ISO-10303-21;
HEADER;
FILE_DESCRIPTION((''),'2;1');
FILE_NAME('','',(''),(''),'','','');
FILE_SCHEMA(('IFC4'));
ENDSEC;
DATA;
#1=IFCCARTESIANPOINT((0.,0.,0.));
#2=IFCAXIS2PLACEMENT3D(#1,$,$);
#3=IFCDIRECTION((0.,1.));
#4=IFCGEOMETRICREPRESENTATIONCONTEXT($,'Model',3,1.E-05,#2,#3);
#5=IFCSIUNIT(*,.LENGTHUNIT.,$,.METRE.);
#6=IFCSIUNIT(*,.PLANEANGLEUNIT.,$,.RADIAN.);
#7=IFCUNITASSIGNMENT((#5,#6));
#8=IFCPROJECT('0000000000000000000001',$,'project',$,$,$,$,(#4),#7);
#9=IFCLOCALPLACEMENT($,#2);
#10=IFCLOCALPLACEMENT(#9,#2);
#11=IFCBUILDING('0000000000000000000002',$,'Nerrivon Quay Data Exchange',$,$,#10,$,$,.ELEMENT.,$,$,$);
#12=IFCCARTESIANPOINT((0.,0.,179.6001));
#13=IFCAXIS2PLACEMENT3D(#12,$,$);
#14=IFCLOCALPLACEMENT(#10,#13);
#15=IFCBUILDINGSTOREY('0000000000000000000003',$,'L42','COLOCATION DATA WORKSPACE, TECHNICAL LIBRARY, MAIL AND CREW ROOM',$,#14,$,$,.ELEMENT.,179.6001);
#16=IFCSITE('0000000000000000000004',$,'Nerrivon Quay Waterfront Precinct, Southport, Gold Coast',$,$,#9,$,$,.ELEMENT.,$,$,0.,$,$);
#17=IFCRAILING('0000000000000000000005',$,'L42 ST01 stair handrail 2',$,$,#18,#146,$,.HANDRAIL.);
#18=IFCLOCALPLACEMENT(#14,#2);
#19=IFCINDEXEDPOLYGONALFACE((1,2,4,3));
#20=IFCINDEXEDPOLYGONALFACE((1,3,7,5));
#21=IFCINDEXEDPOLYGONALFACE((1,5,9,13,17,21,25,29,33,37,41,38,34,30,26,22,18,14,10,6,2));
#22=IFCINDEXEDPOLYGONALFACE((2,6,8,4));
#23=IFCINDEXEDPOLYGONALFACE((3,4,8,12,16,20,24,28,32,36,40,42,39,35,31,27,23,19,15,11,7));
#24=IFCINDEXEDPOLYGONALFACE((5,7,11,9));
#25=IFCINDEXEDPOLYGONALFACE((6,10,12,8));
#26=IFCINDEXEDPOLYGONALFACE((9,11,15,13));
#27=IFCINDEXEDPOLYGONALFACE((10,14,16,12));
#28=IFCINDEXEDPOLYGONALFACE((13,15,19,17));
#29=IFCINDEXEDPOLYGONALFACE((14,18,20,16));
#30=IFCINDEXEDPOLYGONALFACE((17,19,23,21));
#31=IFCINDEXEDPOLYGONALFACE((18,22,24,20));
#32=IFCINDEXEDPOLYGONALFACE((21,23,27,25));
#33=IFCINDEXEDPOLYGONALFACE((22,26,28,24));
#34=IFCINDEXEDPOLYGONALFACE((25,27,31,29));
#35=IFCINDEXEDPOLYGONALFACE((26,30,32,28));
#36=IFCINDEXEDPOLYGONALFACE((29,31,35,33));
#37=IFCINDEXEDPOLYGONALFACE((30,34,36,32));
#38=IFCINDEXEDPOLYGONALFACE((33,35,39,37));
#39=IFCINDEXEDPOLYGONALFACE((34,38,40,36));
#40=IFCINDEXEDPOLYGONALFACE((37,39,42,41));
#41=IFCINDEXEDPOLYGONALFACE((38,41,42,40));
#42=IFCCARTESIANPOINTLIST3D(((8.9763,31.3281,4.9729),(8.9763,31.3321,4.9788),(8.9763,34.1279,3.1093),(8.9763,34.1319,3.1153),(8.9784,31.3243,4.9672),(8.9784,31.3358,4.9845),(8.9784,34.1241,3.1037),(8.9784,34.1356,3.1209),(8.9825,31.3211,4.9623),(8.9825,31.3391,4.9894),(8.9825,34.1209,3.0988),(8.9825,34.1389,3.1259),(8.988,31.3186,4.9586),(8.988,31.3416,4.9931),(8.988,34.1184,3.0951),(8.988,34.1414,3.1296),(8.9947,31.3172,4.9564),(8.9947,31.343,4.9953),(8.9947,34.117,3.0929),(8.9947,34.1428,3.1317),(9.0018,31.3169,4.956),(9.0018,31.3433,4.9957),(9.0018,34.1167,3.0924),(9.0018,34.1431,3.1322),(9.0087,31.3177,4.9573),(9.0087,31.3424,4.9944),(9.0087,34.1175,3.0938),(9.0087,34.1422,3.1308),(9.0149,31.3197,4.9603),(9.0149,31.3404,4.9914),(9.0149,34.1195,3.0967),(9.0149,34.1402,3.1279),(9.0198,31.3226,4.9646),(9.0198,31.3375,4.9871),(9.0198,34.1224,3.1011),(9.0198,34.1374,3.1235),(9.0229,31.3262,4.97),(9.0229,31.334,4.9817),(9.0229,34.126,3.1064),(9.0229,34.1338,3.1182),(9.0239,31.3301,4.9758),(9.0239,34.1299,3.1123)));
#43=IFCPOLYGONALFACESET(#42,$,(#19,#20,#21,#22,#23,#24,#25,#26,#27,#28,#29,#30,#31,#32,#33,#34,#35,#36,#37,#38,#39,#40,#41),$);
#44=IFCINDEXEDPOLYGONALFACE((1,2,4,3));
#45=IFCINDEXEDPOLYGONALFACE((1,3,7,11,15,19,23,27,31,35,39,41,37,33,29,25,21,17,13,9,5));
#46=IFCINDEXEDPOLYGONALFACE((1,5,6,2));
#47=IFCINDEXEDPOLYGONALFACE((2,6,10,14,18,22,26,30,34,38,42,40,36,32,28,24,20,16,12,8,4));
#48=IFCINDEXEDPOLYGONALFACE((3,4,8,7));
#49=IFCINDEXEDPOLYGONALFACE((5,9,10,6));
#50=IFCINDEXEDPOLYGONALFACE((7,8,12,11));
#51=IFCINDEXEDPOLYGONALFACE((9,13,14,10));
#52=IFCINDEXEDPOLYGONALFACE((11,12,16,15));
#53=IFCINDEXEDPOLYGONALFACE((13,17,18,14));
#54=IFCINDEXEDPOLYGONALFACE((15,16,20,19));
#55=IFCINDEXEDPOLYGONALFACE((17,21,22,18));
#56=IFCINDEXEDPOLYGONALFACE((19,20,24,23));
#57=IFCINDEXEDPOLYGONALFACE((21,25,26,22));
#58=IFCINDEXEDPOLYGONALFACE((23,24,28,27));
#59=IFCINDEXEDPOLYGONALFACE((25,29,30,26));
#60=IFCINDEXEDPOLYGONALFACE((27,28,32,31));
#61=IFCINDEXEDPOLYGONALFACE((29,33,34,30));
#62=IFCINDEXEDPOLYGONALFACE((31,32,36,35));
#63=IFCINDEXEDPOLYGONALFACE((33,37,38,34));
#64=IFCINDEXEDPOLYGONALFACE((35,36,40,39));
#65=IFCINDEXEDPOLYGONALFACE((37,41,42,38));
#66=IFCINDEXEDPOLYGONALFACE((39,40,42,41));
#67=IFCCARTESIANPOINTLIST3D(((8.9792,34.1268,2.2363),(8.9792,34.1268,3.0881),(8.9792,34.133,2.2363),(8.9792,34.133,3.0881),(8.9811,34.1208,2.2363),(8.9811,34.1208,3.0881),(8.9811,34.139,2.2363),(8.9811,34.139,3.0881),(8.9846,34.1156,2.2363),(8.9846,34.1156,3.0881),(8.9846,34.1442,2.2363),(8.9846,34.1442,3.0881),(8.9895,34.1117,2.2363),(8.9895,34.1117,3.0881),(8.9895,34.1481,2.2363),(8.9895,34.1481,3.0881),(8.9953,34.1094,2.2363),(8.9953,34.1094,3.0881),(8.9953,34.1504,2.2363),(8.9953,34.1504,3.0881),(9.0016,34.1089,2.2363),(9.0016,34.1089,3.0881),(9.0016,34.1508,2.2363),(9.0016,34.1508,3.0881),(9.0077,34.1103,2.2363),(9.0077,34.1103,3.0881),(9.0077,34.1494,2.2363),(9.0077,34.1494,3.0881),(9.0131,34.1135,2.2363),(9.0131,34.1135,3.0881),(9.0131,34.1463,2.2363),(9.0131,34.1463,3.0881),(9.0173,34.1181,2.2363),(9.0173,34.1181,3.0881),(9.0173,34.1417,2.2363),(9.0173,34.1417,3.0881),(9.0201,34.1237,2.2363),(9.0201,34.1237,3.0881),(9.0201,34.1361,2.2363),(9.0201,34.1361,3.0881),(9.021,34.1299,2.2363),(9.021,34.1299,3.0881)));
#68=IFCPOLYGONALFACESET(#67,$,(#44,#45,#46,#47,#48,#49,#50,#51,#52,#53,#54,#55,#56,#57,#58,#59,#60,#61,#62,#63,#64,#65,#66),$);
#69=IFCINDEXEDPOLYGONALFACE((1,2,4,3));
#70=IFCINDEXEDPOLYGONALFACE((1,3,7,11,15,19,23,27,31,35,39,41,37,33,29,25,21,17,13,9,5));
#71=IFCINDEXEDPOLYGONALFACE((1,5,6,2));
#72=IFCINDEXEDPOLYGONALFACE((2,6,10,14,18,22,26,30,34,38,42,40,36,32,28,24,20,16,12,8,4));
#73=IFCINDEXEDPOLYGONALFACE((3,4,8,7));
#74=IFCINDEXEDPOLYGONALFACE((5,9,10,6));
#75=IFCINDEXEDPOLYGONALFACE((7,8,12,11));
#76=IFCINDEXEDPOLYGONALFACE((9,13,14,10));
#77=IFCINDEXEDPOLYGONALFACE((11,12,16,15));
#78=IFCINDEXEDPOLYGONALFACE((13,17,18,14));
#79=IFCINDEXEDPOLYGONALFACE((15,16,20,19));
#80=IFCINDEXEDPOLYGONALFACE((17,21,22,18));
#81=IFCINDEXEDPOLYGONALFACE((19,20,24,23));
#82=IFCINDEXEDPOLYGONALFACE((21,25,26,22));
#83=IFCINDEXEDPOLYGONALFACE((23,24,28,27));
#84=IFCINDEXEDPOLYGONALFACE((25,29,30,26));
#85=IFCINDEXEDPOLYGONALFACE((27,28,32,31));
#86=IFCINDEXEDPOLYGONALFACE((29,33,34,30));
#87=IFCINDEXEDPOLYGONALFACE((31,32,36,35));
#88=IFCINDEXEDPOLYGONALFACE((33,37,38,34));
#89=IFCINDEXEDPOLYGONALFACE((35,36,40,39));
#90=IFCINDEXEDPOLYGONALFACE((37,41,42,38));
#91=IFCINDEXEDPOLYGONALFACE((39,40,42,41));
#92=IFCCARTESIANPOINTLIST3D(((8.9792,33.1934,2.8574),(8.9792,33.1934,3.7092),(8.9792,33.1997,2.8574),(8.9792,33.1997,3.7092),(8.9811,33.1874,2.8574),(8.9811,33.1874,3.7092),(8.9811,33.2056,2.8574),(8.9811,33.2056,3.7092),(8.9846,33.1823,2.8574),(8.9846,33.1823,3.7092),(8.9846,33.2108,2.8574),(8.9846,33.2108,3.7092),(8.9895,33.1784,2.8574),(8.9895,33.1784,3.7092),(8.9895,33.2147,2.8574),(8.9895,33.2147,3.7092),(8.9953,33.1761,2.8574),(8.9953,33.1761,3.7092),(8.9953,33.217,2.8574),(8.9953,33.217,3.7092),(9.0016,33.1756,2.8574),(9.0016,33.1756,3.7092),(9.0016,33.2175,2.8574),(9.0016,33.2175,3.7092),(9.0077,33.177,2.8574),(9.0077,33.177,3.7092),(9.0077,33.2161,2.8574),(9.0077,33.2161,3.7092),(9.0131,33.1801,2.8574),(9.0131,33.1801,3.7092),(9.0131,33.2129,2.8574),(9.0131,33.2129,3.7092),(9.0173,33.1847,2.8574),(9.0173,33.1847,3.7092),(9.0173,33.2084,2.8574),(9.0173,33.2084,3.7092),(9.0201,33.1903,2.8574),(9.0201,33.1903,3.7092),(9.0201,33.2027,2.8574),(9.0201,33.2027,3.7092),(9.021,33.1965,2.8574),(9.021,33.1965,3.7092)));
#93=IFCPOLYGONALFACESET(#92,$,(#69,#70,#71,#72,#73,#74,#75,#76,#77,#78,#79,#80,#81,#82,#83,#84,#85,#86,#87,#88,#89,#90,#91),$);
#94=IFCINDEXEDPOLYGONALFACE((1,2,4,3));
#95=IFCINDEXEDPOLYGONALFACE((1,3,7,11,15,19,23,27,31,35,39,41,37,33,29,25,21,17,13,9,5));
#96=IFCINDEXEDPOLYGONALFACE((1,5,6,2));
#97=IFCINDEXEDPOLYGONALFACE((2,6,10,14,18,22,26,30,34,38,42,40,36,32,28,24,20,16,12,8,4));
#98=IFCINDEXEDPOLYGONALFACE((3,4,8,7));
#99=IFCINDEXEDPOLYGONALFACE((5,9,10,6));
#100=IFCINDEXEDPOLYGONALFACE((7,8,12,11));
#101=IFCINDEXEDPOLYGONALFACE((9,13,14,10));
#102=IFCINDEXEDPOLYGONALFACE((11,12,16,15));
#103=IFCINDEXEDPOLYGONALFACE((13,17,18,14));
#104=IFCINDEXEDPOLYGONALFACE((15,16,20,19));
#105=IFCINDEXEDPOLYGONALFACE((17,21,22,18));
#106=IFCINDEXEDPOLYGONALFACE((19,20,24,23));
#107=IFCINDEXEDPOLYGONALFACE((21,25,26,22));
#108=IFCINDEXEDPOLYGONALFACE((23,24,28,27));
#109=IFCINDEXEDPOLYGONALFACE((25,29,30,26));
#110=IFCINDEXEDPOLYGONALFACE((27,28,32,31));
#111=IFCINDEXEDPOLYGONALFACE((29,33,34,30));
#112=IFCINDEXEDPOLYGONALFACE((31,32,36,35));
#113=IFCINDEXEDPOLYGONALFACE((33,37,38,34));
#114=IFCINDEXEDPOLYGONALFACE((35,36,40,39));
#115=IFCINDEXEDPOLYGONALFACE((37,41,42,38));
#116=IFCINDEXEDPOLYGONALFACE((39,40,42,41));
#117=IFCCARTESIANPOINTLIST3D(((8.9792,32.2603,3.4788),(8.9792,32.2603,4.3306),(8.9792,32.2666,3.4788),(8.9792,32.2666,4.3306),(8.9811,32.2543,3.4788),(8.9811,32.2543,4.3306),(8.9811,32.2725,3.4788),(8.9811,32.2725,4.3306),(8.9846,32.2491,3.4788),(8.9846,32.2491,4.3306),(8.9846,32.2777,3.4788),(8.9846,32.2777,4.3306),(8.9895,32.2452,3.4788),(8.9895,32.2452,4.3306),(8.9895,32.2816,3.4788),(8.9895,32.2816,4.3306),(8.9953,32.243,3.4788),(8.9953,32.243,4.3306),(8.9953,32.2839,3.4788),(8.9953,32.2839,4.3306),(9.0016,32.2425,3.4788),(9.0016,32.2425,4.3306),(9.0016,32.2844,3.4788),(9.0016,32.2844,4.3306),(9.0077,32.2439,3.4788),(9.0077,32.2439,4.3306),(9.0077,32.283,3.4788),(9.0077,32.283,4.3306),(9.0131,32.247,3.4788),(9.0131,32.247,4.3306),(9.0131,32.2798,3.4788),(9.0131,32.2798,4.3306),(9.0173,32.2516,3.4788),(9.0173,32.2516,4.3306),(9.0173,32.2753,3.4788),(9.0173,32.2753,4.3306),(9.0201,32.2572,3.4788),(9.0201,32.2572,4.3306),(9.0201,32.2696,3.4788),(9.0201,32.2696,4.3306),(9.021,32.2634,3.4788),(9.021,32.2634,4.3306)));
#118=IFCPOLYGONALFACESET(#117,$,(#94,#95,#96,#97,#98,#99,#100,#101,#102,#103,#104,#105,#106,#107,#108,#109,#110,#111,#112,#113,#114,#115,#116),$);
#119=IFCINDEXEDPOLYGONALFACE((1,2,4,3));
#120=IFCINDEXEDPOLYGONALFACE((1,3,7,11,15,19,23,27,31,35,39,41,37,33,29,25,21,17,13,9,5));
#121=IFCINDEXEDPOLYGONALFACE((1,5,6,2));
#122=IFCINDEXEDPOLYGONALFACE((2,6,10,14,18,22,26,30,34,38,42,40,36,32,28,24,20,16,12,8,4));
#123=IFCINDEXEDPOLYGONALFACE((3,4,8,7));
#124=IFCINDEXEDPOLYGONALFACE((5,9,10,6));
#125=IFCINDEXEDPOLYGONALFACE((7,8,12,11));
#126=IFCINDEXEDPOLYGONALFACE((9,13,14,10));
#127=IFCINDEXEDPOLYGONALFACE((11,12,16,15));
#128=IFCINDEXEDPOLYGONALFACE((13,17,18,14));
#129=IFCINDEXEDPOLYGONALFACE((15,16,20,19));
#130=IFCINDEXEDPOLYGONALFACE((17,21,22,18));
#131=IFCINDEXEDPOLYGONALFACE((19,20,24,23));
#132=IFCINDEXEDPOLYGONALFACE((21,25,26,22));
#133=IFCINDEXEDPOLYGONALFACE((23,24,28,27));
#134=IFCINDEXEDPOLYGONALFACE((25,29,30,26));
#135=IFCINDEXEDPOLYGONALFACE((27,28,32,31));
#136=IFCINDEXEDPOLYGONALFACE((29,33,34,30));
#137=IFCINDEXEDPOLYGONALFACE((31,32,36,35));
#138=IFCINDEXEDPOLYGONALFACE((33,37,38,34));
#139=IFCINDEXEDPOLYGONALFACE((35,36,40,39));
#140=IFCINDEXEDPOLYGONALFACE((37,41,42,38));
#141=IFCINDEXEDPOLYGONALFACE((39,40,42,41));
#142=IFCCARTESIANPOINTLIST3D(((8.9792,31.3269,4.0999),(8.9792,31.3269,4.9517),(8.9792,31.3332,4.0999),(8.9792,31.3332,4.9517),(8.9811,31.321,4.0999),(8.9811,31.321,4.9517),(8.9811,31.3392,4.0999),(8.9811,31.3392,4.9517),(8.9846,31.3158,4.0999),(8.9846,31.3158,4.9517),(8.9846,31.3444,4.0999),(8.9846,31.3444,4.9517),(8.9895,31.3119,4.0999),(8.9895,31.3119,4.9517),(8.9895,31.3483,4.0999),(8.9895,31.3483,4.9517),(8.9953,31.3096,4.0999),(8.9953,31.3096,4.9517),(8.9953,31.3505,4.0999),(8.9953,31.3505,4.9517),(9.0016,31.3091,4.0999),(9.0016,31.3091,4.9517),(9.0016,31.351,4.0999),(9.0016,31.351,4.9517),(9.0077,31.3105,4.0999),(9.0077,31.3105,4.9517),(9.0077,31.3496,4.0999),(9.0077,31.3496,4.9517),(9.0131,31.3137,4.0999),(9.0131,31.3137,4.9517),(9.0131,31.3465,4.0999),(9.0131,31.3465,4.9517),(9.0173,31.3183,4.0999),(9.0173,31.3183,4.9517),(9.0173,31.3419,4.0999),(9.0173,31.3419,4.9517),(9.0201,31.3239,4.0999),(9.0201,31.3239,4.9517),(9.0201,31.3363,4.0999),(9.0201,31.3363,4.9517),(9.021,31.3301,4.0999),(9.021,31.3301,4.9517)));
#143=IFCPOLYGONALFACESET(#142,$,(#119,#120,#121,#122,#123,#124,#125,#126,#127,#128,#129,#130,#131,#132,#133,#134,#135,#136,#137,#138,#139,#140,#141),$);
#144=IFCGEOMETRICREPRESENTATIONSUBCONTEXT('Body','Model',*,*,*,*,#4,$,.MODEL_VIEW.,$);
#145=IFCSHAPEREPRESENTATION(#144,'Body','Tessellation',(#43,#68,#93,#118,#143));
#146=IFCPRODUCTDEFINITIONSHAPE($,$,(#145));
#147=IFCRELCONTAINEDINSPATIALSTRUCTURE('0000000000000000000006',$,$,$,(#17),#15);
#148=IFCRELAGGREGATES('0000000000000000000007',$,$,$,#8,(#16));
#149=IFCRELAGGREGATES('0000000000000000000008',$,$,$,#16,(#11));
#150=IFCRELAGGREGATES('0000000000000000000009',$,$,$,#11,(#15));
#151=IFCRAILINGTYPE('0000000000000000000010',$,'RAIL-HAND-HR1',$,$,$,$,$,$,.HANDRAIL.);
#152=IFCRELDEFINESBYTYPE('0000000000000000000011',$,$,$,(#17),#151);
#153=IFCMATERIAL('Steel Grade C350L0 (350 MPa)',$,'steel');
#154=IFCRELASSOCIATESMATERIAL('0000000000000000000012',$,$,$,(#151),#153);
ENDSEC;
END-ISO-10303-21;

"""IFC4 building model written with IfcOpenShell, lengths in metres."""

from ifc_helpers import new_model, si_unit, direction, frame, origin, origin_2d, place, context, subcontext, project, spatial, circle, extrude, material, type_object, element, save


model = new_model("IFC4")

# Units and contexts
model_context = context("Model", 3, precision=1e-05, world=origin(), true_north=direction((0.0, 1.0)))
body_context = subcontext(model_context, "Body", "Model", "MODEL_VIEW")
ifc_project = project(units=[si_unit("LENGTHUNIT", "METRE"), si_unit("PLANEANGLEUNIT", "RADIAN")], contexts=[model_context])

# Site, building, storey
site_placement = place(None, origin())
site = spatial("IfcSite", under=ifc_project, at=site_placement, Name="Nerrivon Quay Waterfront Precinct, Southport, Gold Coast", CompositionType="ELEMENT", RefElevation=0.0)
building_placement = place(site_placement, origin())
building = spatial("IfcBuilding", under=site, at=building_placement, Name="Nerrivon Quay Data Exchange", CompositionType="ELEMENT")
storey_placement = place(building_placement, frame((0.0, 0.0, 179.6001)))
storey = spatial("IfcBuildingStorey", under=building, at=storey_placement, Name="L42", Description="COLOCATION DATA WORKSPACE, TECHNICAL LIBRARY, MAIL AND CREW ROOM", CompositionType="ELEMENT", Elevation=179.6001)

# Railing
ifc_material_1 = material(Name="Steel Grade C350L0 (350 MPa)", Category="steel")
railing_type_1 = type_object("IfcRailingType", Name="RAIL-HAND-HR1", PredefinedType="HANDRAIL", material=ifc_material_1)
railing_1_placement = place(storey_placement, frame((9.0, 34.1299, 2.2363)))
element("IfcRailing", 1, at=railing_1_placement, inside=storey, type_object=railing_type_1, Name="L42 ST01 stair handrail 2", PredefinedType="HANDRAIL", context=body_context, shape_type="SweptSolid", body=[
    extrude(circle(Radius=0.0239, at=origin_2d()), frame((0.0, 0.0, 0.876), z_axis=(0.0, -0.832463, 0.55408), x_axis=(1.0, 0.0, 0.0)), (0.0, 0.0, 1.0), 3.3633),
    extrude(circle(Radius=0.021, at=origin_2d()), origin(), (0.0, 0.0, 1.0), 0.8518),
    extrude(circle(Radius=0.021, at=origin_2d()), frame((0.0, -0.9333, 0.6211)), (0.0, 0.0, 1.0), 0.8518),
    extrude(circle(Radius=0.021, at=origin_2d()), frame((0.0, -1.8665, 1.2424)), (0.0, 0.0, 1.0), 0.8518),
    extrude(circle(Radius=0.021, at=origin_2d()), frame((0.0, -2.7998, 1.8635)), (0.0, 0.0, 1.0), 0.8518),
])

save(model, "model.ifc")
